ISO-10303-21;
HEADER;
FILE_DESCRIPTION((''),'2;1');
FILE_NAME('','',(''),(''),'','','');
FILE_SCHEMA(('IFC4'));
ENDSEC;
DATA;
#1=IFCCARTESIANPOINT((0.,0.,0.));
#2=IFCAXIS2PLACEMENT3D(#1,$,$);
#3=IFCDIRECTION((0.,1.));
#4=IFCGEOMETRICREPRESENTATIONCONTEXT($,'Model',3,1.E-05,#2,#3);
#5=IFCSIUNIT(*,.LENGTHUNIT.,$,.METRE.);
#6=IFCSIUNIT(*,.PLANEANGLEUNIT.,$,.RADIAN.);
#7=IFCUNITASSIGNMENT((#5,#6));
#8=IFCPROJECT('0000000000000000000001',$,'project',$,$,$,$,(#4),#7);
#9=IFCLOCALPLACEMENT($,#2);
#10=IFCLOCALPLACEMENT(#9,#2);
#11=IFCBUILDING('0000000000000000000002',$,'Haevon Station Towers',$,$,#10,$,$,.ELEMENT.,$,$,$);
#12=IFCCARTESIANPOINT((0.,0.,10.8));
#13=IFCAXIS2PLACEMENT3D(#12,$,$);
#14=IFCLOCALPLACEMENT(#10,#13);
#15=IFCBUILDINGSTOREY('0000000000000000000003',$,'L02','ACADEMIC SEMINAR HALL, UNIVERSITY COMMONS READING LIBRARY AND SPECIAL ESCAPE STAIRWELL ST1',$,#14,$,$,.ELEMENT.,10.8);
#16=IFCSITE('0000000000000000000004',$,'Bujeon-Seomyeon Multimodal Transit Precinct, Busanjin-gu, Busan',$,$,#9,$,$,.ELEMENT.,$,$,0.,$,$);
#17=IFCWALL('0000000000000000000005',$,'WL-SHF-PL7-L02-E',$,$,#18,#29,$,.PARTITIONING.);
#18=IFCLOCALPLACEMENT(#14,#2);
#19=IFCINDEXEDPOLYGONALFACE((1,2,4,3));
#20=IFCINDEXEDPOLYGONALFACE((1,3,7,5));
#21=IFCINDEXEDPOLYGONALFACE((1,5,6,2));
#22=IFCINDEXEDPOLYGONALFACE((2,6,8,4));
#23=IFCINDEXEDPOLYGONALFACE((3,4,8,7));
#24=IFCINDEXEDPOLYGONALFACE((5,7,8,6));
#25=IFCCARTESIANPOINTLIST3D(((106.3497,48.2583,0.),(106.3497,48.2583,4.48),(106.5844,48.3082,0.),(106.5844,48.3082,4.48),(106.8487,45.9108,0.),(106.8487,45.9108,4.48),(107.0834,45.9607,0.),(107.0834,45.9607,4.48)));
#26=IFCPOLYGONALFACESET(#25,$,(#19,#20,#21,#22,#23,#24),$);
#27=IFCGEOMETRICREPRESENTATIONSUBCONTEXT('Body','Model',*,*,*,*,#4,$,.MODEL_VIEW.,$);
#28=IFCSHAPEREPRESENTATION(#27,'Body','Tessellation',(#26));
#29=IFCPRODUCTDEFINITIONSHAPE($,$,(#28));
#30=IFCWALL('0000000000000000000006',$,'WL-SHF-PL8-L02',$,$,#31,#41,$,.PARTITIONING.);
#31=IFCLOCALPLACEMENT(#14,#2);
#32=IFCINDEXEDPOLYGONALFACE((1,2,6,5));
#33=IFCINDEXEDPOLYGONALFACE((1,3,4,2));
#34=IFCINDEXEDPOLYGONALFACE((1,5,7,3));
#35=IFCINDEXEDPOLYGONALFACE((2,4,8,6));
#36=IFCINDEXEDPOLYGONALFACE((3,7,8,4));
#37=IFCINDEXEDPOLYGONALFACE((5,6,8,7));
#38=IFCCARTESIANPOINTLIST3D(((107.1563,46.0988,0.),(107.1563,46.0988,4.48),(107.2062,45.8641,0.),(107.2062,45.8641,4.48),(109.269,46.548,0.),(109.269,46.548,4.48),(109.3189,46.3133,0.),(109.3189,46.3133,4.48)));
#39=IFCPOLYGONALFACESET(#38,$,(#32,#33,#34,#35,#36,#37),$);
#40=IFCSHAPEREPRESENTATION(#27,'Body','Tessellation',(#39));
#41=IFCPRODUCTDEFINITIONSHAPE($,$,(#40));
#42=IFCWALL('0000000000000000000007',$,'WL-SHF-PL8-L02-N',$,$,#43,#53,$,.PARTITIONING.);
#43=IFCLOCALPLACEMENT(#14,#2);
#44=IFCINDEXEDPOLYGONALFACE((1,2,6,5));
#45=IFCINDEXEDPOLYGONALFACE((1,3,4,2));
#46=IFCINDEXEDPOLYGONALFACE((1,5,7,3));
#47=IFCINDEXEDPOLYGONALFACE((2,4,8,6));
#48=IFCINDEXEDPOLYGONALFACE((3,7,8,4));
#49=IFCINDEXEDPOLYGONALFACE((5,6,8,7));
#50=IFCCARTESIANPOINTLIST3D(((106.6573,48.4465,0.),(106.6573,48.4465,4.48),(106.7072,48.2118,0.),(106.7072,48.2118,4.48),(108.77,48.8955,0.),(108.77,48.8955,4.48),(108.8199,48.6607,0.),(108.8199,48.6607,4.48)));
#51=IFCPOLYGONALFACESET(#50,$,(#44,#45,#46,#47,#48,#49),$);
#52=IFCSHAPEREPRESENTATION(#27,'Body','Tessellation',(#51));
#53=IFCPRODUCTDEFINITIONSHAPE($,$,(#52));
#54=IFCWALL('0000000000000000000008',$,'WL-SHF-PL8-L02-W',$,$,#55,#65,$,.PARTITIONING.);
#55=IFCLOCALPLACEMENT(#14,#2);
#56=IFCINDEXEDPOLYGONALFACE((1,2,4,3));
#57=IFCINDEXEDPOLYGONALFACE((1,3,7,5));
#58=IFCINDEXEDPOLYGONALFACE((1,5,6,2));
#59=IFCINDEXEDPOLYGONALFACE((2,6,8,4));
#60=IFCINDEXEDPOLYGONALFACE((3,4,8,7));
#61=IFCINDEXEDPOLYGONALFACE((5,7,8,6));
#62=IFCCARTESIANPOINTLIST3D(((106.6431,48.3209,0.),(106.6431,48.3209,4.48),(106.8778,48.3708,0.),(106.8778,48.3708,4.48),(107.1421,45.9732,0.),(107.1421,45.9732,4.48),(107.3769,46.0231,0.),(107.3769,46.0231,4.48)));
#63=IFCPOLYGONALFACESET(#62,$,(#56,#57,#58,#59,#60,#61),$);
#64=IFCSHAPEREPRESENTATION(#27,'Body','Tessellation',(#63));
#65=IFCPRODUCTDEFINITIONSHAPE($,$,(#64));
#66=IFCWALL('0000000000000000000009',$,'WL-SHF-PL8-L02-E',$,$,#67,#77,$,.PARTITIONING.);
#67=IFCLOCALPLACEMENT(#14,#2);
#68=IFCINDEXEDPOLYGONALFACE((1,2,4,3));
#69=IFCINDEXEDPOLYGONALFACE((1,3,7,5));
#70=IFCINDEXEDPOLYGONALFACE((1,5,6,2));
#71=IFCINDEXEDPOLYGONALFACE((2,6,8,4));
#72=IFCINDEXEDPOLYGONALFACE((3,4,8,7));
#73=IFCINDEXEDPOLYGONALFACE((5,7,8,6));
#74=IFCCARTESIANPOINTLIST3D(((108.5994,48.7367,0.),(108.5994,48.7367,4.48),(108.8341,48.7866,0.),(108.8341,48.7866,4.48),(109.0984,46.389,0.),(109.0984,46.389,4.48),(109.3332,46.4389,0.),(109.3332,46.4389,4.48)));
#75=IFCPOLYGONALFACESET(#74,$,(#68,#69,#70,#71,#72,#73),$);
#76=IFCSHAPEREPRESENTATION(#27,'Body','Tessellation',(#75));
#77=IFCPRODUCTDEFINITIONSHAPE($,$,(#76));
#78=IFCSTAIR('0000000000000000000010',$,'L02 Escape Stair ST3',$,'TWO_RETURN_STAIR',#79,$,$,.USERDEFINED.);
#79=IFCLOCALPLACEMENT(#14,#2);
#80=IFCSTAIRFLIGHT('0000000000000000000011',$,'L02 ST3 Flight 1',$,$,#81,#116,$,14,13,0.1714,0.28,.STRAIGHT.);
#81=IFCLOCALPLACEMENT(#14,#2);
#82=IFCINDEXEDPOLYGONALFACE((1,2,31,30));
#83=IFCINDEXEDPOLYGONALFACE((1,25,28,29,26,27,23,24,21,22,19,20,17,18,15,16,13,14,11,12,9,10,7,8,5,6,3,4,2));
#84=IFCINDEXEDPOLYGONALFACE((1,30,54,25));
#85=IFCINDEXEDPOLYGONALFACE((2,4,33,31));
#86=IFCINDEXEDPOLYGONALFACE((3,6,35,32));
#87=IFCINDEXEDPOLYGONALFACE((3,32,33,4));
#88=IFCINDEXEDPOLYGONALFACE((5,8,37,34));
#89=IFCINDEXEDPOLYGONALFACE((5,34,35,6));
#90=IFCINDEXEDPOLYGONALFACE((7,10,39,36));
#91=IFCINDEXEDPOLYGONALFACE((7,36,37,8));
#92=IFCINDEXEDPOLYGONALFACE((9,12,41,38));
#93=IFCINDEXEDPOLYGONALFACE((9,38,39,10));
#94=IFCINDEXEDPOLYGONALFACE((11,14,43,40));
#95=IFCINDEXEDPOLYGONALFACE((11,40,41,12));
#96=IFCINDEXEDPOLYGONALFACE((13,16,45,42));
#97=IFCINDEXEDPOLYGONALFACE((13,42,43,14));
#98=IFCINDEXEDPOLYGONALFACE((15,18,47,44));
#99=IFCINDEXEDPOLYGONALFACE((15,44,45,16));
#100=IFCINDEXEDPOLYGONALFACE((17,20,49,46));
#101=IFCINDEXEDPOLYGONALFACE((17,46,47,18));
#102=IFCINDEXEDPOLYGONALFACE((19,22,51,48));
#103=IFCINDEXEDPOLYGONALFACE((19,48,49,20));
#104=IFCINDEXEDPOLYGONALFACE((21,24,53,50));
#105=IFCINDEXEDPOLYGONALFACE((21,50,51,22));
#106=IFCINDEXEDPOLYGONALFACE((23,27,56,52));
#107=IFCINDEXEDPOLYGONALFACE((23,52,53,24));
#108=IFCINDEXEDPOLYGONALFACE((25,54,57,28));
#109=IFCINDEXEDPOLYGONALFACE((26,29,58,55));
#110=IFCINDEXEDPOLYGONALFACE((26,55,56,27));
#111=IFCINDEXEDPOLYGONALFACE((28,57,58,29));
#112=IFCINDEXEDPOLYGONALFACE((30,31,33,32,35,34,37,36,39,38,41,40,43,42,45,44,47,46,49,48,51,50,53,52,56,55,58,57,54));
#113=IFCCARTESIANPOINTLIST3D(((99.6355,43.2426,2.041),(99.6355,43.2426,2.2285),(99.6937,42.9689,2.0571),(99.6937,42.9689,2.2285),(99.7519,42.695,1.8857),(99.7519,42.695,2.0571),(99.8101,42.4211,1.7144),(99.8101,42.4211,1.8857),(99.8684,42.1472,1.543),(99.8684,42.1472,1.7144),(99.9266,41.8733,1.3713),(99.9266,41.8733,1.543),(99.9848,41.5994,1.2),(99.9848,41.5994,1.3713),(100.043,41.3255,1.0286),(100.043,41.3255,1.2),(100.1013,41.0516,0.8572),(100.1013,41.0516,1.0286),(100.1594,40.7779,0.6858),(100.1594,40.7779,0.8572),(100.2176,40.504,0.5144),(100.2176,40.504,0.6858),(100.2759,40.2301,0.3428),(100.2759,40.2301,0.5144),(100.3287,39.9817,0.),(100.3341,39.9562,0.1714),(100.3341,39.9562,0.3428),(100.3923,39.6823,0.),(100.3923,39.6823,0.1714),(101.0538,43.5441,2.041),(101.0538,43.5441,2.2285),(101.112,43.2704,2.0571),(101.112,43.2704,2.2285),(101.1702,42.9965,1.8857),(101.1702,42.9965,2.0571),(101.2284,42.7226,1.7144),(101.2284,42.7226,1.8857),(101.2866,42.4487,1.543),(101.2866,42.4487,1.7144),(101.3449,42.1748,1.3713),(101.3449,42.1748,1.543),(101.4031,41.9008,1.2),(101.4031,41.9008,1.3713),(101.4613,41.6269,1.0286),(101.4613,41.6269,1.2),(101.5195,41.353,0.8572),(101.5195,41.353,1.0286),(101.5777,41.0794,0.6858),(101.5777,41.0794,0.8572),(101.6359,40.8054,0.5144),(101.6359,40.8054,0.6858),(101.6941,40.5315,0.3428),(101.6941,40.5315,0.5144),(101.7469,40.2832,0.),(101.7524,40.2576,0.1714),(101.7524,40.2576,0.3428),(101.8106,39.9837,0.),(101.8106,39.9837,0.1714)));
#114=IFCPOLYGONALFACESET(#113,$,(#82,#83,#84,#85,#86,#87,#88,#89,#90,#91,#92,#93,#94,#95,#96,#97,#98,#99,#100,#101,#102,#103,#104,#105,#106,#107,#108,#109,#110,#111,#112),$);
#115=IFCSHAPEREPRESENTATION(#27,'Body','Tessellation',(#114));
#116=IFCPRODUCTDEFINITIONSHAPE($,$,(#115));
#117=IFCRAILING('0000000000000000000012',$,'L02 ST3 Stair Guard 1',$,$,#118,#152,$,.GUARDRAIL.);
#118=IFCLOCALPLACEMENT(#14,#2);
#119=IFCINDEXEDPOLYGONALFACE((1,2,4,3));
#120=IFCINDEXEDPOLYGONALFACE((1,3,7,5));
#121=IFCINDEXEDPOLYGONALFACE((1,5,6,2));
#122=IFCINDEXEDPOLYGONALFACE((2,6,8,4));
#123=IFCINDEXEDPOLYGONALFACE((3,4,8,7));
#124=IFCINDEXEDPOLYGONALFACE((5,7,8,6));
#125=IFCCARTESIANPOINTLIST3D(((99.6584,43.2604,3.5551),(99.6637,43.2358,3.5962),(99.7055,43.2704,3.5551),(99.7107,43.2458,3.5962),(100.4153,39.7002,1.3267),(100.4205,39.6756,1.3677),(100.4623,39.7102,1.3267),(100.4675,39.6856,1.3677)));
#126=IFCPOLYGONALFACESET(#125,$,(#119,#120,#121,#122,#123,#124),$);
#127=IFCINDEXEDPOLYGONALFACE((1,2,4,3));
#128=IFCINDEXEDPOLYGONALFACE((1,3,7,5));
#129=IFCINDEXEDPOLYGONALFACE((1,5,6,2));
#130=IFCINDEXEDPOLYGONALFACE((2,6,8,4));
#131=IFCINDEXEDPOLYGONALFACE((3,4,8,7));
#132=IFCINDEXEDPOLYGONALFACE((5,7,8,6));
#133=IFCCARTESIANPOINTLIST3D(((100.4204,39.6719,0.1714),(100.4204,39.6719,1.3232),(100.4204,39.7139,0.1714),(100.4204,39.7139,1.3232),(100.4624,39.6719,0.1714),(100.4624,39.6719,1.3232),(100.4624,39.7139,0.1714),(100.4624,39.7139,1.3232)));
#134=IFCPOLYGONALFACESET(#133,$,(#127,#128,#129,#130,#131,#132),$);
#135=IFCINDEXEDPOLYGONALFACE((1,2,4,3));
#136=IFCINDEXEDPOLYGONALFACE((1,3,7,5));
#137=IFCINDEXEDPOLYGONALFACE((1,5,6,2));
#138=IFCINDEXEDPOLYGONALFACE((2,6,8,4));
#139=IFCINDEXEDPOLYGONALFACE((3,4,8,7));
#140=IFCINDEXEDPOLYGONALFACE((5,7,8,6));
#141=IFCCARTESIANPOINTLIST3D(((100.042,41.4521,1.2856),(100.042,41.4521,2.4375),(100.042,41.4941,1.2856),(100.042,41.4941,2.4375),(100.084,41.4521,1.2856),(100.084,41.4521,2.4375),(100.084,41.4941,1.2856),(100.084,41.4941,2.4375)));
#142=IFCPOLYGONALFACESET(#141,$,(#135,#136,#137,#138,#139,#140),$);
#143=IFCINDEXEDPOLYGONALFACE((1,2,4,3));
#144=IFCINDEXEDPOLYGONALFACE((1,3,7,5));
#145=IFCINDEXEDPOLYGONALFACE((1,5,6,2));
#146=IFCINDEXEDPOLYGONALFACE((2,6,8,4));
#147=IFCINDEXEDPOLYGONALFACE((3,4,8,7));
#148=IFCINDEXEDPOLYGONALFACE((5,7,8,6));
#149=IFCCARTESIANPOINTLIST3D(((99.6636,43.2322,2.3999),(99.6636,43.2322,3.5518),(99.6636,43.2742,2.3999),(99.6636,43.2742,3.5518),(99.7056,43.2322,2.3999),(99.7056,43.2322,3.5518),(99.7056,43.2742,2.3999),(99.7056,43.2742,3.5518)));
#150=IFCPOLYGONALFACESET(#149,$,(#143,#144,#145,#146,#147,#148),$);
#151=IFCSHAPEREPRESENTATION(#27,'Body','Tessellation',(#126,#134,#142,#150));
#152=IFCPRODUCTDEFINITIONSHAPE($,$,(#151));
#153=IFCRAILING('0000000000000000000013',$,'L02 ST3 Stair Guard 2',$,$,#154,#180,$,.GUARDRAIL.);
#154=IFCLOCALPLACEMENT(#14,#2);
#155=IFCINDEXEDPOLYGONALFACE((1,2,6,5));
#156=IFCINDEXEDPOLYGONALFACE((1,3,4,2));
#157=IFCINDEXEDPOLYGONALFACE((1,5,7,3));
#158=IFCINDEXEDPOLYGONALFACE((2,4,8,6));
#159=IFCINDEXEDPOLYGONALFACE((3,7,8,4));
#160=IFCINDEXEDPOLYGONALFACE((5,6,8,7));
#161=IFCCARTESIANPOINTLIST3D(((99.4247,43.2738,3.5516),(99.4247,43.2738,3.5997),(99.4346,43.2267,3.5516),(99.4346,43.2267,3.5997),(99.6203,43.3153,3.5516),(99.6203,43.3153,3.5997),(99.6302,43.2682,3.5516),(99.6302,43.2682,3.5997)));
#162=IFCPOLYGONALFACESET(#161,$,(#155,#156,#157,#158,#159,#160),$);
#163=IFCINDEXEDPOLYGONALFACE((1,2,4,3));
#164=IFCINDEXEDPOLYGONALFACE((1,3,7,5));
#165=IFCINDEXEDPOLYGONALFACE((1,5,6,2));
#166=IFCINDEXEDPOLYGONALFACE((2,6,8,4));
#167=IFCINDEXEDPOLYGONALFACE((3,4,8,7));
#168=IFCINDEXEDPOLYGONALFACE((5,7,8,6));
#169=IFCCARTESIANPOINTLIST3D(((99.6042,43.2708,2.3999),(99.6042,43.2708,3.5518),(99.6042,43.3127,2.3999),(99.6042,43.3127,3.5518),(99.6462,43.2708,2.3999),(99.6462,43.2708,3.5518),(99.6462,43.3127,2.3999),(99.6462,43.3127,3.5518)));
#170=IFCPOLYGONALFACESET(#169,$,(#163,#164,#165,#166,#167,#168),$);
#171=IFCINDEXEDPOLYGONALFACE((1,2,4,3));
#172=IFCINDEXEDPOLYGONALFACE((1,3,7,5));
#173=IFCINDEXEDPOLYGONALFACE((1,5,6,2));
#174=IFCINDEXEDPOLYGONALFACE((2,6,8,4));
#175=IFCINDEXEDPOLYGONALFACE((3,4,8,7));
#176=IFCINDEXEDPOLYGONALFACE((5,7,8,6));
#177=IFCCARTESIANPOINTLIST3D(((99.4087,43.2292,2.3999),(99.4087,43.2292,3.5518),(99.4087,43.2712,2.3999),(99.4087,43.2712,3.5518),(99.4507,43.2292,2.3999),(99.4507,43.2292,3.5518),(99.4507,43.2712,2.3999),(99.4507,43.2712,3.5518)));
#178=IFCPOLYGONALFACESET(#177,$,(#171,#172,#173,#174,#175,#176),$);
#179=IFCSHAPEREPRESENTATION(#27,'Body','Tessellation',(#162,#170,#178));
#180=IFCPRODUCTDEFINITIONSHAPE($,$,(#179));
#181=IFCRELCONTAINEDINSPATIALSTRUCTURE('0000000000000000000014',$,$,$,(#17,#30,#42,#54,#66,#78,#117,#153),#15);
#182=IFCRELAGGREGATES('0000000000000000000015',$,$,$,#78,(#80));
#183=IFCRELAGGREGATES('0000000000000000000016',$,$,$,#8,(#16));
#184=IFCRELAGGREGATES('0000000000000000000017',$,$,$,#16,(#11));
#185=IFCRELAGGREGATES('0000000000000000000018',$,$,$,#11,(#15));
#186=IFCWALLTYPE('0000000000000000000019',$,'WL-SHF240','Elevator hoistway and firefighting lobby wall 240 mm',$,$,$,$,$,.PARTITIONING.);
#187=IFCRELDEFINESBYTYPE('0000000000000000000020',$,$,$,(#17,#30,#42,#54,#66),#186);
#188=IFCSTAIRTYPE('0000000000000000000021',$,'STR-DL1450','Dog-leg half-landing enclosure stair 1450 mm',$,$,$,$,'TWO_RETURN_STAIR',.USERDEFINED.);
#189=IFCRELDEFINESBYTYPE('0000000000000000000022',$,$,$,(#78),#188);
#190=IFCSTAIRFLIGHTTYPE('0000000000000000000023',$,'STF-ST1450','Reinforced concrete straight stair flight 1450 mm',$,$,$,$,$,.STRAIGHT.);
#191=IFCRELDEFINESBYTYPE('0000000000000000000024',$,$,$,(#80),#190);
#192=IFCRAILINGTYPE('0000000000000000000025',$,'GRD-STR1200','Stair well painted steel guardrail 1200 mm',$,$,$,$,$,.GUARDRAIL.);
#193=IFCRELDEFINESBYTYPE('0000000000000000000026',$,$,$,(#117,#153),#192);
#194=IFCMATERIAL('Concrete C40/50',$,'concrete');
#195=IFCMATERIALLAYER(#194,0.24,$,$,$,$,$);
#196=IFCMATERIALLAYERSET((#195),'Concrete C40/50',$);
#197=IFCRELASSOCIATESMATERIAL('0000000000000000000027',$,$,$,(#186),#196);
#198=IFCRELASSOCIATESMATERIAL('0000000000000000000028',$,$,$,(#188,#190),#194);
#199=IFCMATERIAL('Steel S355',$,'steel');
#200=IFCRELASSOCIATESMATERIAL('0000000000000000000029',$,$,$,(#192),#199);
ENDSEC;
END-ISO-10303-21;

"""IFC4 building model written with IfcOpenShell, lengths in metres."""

from ifc_helpers import new_model, si_unit, direction, frame, frame_2d, origin, origin_2d, place, context, subcontext, project, spatial, polyline, rectangle, outline, extrude, material, layer, layer_set, type_object, element, aggregate, save


model = new_model("IFC4")

# Units and contexts
model_context = context("Model", 3, precision=1e-05, world=origin(), true_north=direction((0.0, 1.0)))
body_context = subcontext(model_context, "Body", "Model", "MODEL_VIEW")
ifc_project = project(units=[si_unit("LENGTHUNIT", "METRE"), si_unit("PLANEANGLEUNIT", "RADIAN")], contexts=[model_context])

# Site, building, storey
site_placement = place(None, origin())
site = spatial("IfcSite", under=ifc_project, at=site_placement, Name="Bujeon-Seomyeon Multimodal Transit Precinct, Busanjin-gu, Busan", CompositionType="ELEMENT", RefElevation=0.0)
building_placement = place(site_placement, origin())
building = spatial("IfcBuilding", under=site, at=building_placement, Name="Haevon Station Towers", CompositionType="ELEMENT")
storey_placement = place(building_placement, frame((0.0, 0.0, 10.8)))
storey = spatial("IfcBuildingStorey", under=building, at=storey_placement, Name="L02", Description="ACADEMIC SEMINAR HALL, UNIVERSITY COMMONS READING LIBRARY AND SPECIAL ESCAPE STAIRWELL ST1", CompositionType="ELEMENT", Elevation=10.8)

# Shared definitions
ifc_material_1 = material(Name="Concrete C40/50", Category="concrete")
ifc_layer_1 = layer(ifc_material_1, 0.24)
ifc_layer_set_1 = layer_set([ifc_layer_1], Name="Concrete C40/50")
wall_type_1 = type_object("IfcWallType", Name="WL-SHF240", Description="Elevator hoistway and firefighting lobby wall 240 mm", PredefinedType="PARTITIONING", material=ifc_layer_set_1)

# Walls
wall_1_placement = place(storey_placement, frame((106.9661, 45.9358, 0.0), z_axis=(0.0, 0.0, 1.0), x_axis=(-0.207938, 0.978142, 0.0)))
element("IfcWall", 1, at=wall_1_placement, inside=storey, type_object=wall_type_1, Name="WL-SHF-PL7-L02-E", PredefinedType="PARTITIONING", context=body_context, shape_type="SweptSolid", body=[
    extrude(rectangle(XDim=2.3999, YDim=0.24, at=frame_2d((1.2, 0.0))), origin(), (0.0, 0.0, 1.0), 4.48),
])
for number, where, z_axis, x_axis, name in (
    (2, (107.1812, 45.9814, 0.0), (0.0, 0.0, 1.0), (0.978135, 0.20797, 0.0), "WL-SHF-PL8-L02"),
    (3, (106.6821, 48.3291, 0.0), (0.0, 0.0, 1.0), (0.978158, 0.207861, 0.0), "WL-SHF-PL8-L02-N"),
):
    element("IfcWall", number, at=place(storey_placement, frame(where, z_axis=z_axis, x_axis=x_axis)), inside=storey, type_object=wall_type_1, Name=name, PredefinedType="PARTITIONING", context=body_context, shape_type="SweptSolid", body=[
        extrude(rectangle(XDim=2.1599, YDim=0.24, at=frame_2d((1.0801, 0.0))), origin(), (0.0, 0.0, 1.0), 4.48),
    ])
for number, where, z_axis, x_axis, name in (
    (4, (107.2595, 45.998, 0.0), (0.0, 0.0, 1.0), (-0.207917, 0.978146, 0.0), "WL-SHF-PL8-L02-W"),
    (5, (109.2158, 46.4138, 0.0), (0.0, 0.0, 1.0), (-0.207917, 0.978146, 0.0), "WL-SHF-PL8-L02-E"),
):
    element("IfcWall", number, at=place(storey_placement, frame(where, z_axis=z_axis, x_axis=x_axis)), inside=storey, type_object=wall_type_1, Name=name, PredefinedType="PARTITIONING", context=body_context, shape_type="SweptSolid", body=[
        extrude(rectangle(XDim=2.4001, YDim=0.24, at=frame_2d((1.2002, 0.0))), origin(), (0.0, 0.0, 1.0), 4.48),
    ])

# Stair, stair flight
stair_type = type_object("IfcStairType", Name="STR-DL1450", Description="Dog-leg half-landing enclosure stair 1450 mm", ElementType="TWO_RETURN_STAIR", PredefinedType="USERDEFINED", material=ifc_material_1)
stair_placement = place(storey_placement, origin())
stair = element("IfcStair", 6, at=stair_placement, inside=storey, type_object=stair_type, Name="L02 Escape Stair ST3", ObjectType="TWO_RETURN_STAIR", PredefinedType="USERDEFINED")
stair_flight_type = type_object("IfcStairFlightType", Name="STF-ST1450", Description="Reinforced concrete straight stair flight 1450 mm", PredefinedType="STRAIGHT", material=ifc_material_1)
stair_flight_placement = place(storey_placement, frame((101.1016, 39.833, 0.0), z_axis=(0.0, 0.0, 1.0), x_axis=(-0.207912, 0.978148, 0.0)))
stair_flight = element("IfcStairFlight", 7, at=stair_flight_placement, type_object=stair_flight_type, Name="L02 ST3 Flight 1", NumberOfRisers=14, NumberOfTreads=13, PredefinedType="STRAIGHT", RiserHeight=0.1714, TreadLength=0.28, context=body_context, shape_type="SweptSolid", body=[
    extrude(outline(polyline([(0.0, 0.0), (0.0, 0.1714), (0.28, 0.1714), (0.28, 0.3428), (0.5601, 0.3428), (0.5601, 0.5144), (0.8401, 0.5144), (0.8401, 0.6858), (1.1201, 0.6858), (1.1201, 0.8572), (1.3999, 0.8572), (1.3999, 1.0286), (1.6799, 1.0286), (1.6799, 1.2), (1.96, 1.2), (1.96, 1.3713), (2.24, 1.3713), (2.24, 1.543), (2.52, 1.543), (2.52, 1.7144), (2.8, 1.7144), (2.8, 1.8857), (3.0801, 1.8857), (3.0801, 2.0571), (3.3601, 2.0571), (3.3601, 2.2285), (3.6399, 2.2285), (3.6399, 2.3999), (3.6399, 2.041), (0.3062, 0.0), (0.0, 0.0)])), frame((0.0, 0.7251, 0.0), z_axis=(0.0, -1.0, 0.0), x_axis=(1.0, 0.0, 0.0)), (0.0, 0.0, 1.0), 1.45),
])
aggregate(stair, [stair_flight])

# Railings
ifc_material_2 = material(Name="Steel S355", Category="steel")
railing_type_1 = type_object("IfcRailingType", Name="GRD-STR1200", Description="Stair well painted steel guardrail 1200 mm", PredefinedType="GUARDRAIL", material=ifc_material_2)
railing_1_placement = place(storey_placement, frame((100.4414, 39.6929, 0.1714)))
element("IfcRailing", 8, at=railing_1_placement, inside=storey, type_object=railing_type_1, Name="L02 ST3 Stair Guard 1", PredefinedType="GUARDRAIL", context=body_context, shape_type="SweptSolid", body=[
    extrude(rectangle(XDim=0.0481, YDim=0.0481, at=origin_2d()), frame((0.0, 0.0, 1.1758), z_axis=(-0.177333, 0.834208, 0.522159), x_axis=(-0.978144, -0.20793, 0.0)), (0.0, 0.0, 1.0), 4.2678),
    extrude(rectangle(XDim=0.042, YDim=0.042, at=origin_2d()), origin(), (0.0, 0.0, 1.0), 1.1519),
    extrude(rectangle(XDim=0.042, YDim=0.042, at=origin_2d()), frame((-0.3784, 1.7803, 1.1143)), (0.0, 0.0, 1.0), 1.1519),
    extrude(rectangle(XDim=0.042, YDim=0.042, at=origin_2d()), frame((-0.7568, 3.5603, 2.2285)), (0.0, 0.0, 1.0), 1.1519),
])
railing_2_placement = place(storey_placement, frame((99.6252, 43.2917, 2.3999)))
element("IfcRailing", 9, at=railing_2_placement, inside=storey, type_object=railing_type_1, Name="L02 ST3 Stair Guard 2", PredefinedType="GUARDRAIL", context=body_context, shape_type="SweptSolid", body=[
    extrude(rectangle(XDim=0.0481, YDim=0.0481, at=origin_2d()), frame((0.0, 0.0, 1.1758), z_axis=(-0.978212, -0.20761, 0.0), x_axis=(0.20761, -0.978212, 0.0)), (0.0, 0.0, 1.0), 0.2),
    extrude(rectangle(XDim=0.042, YDim=0.042, at=origin_2d()), origin(), (0.0, 0.0, 1.0), 1.1519),
    extrude(rectangle(XDim=0.042, YDim=0.042, at=origin_2d()), frame((-0.1956, -0.0415, 0.0)), (0.0, 0.0, 1.0), 1.1519),
])

save(model, "model.ifc")
